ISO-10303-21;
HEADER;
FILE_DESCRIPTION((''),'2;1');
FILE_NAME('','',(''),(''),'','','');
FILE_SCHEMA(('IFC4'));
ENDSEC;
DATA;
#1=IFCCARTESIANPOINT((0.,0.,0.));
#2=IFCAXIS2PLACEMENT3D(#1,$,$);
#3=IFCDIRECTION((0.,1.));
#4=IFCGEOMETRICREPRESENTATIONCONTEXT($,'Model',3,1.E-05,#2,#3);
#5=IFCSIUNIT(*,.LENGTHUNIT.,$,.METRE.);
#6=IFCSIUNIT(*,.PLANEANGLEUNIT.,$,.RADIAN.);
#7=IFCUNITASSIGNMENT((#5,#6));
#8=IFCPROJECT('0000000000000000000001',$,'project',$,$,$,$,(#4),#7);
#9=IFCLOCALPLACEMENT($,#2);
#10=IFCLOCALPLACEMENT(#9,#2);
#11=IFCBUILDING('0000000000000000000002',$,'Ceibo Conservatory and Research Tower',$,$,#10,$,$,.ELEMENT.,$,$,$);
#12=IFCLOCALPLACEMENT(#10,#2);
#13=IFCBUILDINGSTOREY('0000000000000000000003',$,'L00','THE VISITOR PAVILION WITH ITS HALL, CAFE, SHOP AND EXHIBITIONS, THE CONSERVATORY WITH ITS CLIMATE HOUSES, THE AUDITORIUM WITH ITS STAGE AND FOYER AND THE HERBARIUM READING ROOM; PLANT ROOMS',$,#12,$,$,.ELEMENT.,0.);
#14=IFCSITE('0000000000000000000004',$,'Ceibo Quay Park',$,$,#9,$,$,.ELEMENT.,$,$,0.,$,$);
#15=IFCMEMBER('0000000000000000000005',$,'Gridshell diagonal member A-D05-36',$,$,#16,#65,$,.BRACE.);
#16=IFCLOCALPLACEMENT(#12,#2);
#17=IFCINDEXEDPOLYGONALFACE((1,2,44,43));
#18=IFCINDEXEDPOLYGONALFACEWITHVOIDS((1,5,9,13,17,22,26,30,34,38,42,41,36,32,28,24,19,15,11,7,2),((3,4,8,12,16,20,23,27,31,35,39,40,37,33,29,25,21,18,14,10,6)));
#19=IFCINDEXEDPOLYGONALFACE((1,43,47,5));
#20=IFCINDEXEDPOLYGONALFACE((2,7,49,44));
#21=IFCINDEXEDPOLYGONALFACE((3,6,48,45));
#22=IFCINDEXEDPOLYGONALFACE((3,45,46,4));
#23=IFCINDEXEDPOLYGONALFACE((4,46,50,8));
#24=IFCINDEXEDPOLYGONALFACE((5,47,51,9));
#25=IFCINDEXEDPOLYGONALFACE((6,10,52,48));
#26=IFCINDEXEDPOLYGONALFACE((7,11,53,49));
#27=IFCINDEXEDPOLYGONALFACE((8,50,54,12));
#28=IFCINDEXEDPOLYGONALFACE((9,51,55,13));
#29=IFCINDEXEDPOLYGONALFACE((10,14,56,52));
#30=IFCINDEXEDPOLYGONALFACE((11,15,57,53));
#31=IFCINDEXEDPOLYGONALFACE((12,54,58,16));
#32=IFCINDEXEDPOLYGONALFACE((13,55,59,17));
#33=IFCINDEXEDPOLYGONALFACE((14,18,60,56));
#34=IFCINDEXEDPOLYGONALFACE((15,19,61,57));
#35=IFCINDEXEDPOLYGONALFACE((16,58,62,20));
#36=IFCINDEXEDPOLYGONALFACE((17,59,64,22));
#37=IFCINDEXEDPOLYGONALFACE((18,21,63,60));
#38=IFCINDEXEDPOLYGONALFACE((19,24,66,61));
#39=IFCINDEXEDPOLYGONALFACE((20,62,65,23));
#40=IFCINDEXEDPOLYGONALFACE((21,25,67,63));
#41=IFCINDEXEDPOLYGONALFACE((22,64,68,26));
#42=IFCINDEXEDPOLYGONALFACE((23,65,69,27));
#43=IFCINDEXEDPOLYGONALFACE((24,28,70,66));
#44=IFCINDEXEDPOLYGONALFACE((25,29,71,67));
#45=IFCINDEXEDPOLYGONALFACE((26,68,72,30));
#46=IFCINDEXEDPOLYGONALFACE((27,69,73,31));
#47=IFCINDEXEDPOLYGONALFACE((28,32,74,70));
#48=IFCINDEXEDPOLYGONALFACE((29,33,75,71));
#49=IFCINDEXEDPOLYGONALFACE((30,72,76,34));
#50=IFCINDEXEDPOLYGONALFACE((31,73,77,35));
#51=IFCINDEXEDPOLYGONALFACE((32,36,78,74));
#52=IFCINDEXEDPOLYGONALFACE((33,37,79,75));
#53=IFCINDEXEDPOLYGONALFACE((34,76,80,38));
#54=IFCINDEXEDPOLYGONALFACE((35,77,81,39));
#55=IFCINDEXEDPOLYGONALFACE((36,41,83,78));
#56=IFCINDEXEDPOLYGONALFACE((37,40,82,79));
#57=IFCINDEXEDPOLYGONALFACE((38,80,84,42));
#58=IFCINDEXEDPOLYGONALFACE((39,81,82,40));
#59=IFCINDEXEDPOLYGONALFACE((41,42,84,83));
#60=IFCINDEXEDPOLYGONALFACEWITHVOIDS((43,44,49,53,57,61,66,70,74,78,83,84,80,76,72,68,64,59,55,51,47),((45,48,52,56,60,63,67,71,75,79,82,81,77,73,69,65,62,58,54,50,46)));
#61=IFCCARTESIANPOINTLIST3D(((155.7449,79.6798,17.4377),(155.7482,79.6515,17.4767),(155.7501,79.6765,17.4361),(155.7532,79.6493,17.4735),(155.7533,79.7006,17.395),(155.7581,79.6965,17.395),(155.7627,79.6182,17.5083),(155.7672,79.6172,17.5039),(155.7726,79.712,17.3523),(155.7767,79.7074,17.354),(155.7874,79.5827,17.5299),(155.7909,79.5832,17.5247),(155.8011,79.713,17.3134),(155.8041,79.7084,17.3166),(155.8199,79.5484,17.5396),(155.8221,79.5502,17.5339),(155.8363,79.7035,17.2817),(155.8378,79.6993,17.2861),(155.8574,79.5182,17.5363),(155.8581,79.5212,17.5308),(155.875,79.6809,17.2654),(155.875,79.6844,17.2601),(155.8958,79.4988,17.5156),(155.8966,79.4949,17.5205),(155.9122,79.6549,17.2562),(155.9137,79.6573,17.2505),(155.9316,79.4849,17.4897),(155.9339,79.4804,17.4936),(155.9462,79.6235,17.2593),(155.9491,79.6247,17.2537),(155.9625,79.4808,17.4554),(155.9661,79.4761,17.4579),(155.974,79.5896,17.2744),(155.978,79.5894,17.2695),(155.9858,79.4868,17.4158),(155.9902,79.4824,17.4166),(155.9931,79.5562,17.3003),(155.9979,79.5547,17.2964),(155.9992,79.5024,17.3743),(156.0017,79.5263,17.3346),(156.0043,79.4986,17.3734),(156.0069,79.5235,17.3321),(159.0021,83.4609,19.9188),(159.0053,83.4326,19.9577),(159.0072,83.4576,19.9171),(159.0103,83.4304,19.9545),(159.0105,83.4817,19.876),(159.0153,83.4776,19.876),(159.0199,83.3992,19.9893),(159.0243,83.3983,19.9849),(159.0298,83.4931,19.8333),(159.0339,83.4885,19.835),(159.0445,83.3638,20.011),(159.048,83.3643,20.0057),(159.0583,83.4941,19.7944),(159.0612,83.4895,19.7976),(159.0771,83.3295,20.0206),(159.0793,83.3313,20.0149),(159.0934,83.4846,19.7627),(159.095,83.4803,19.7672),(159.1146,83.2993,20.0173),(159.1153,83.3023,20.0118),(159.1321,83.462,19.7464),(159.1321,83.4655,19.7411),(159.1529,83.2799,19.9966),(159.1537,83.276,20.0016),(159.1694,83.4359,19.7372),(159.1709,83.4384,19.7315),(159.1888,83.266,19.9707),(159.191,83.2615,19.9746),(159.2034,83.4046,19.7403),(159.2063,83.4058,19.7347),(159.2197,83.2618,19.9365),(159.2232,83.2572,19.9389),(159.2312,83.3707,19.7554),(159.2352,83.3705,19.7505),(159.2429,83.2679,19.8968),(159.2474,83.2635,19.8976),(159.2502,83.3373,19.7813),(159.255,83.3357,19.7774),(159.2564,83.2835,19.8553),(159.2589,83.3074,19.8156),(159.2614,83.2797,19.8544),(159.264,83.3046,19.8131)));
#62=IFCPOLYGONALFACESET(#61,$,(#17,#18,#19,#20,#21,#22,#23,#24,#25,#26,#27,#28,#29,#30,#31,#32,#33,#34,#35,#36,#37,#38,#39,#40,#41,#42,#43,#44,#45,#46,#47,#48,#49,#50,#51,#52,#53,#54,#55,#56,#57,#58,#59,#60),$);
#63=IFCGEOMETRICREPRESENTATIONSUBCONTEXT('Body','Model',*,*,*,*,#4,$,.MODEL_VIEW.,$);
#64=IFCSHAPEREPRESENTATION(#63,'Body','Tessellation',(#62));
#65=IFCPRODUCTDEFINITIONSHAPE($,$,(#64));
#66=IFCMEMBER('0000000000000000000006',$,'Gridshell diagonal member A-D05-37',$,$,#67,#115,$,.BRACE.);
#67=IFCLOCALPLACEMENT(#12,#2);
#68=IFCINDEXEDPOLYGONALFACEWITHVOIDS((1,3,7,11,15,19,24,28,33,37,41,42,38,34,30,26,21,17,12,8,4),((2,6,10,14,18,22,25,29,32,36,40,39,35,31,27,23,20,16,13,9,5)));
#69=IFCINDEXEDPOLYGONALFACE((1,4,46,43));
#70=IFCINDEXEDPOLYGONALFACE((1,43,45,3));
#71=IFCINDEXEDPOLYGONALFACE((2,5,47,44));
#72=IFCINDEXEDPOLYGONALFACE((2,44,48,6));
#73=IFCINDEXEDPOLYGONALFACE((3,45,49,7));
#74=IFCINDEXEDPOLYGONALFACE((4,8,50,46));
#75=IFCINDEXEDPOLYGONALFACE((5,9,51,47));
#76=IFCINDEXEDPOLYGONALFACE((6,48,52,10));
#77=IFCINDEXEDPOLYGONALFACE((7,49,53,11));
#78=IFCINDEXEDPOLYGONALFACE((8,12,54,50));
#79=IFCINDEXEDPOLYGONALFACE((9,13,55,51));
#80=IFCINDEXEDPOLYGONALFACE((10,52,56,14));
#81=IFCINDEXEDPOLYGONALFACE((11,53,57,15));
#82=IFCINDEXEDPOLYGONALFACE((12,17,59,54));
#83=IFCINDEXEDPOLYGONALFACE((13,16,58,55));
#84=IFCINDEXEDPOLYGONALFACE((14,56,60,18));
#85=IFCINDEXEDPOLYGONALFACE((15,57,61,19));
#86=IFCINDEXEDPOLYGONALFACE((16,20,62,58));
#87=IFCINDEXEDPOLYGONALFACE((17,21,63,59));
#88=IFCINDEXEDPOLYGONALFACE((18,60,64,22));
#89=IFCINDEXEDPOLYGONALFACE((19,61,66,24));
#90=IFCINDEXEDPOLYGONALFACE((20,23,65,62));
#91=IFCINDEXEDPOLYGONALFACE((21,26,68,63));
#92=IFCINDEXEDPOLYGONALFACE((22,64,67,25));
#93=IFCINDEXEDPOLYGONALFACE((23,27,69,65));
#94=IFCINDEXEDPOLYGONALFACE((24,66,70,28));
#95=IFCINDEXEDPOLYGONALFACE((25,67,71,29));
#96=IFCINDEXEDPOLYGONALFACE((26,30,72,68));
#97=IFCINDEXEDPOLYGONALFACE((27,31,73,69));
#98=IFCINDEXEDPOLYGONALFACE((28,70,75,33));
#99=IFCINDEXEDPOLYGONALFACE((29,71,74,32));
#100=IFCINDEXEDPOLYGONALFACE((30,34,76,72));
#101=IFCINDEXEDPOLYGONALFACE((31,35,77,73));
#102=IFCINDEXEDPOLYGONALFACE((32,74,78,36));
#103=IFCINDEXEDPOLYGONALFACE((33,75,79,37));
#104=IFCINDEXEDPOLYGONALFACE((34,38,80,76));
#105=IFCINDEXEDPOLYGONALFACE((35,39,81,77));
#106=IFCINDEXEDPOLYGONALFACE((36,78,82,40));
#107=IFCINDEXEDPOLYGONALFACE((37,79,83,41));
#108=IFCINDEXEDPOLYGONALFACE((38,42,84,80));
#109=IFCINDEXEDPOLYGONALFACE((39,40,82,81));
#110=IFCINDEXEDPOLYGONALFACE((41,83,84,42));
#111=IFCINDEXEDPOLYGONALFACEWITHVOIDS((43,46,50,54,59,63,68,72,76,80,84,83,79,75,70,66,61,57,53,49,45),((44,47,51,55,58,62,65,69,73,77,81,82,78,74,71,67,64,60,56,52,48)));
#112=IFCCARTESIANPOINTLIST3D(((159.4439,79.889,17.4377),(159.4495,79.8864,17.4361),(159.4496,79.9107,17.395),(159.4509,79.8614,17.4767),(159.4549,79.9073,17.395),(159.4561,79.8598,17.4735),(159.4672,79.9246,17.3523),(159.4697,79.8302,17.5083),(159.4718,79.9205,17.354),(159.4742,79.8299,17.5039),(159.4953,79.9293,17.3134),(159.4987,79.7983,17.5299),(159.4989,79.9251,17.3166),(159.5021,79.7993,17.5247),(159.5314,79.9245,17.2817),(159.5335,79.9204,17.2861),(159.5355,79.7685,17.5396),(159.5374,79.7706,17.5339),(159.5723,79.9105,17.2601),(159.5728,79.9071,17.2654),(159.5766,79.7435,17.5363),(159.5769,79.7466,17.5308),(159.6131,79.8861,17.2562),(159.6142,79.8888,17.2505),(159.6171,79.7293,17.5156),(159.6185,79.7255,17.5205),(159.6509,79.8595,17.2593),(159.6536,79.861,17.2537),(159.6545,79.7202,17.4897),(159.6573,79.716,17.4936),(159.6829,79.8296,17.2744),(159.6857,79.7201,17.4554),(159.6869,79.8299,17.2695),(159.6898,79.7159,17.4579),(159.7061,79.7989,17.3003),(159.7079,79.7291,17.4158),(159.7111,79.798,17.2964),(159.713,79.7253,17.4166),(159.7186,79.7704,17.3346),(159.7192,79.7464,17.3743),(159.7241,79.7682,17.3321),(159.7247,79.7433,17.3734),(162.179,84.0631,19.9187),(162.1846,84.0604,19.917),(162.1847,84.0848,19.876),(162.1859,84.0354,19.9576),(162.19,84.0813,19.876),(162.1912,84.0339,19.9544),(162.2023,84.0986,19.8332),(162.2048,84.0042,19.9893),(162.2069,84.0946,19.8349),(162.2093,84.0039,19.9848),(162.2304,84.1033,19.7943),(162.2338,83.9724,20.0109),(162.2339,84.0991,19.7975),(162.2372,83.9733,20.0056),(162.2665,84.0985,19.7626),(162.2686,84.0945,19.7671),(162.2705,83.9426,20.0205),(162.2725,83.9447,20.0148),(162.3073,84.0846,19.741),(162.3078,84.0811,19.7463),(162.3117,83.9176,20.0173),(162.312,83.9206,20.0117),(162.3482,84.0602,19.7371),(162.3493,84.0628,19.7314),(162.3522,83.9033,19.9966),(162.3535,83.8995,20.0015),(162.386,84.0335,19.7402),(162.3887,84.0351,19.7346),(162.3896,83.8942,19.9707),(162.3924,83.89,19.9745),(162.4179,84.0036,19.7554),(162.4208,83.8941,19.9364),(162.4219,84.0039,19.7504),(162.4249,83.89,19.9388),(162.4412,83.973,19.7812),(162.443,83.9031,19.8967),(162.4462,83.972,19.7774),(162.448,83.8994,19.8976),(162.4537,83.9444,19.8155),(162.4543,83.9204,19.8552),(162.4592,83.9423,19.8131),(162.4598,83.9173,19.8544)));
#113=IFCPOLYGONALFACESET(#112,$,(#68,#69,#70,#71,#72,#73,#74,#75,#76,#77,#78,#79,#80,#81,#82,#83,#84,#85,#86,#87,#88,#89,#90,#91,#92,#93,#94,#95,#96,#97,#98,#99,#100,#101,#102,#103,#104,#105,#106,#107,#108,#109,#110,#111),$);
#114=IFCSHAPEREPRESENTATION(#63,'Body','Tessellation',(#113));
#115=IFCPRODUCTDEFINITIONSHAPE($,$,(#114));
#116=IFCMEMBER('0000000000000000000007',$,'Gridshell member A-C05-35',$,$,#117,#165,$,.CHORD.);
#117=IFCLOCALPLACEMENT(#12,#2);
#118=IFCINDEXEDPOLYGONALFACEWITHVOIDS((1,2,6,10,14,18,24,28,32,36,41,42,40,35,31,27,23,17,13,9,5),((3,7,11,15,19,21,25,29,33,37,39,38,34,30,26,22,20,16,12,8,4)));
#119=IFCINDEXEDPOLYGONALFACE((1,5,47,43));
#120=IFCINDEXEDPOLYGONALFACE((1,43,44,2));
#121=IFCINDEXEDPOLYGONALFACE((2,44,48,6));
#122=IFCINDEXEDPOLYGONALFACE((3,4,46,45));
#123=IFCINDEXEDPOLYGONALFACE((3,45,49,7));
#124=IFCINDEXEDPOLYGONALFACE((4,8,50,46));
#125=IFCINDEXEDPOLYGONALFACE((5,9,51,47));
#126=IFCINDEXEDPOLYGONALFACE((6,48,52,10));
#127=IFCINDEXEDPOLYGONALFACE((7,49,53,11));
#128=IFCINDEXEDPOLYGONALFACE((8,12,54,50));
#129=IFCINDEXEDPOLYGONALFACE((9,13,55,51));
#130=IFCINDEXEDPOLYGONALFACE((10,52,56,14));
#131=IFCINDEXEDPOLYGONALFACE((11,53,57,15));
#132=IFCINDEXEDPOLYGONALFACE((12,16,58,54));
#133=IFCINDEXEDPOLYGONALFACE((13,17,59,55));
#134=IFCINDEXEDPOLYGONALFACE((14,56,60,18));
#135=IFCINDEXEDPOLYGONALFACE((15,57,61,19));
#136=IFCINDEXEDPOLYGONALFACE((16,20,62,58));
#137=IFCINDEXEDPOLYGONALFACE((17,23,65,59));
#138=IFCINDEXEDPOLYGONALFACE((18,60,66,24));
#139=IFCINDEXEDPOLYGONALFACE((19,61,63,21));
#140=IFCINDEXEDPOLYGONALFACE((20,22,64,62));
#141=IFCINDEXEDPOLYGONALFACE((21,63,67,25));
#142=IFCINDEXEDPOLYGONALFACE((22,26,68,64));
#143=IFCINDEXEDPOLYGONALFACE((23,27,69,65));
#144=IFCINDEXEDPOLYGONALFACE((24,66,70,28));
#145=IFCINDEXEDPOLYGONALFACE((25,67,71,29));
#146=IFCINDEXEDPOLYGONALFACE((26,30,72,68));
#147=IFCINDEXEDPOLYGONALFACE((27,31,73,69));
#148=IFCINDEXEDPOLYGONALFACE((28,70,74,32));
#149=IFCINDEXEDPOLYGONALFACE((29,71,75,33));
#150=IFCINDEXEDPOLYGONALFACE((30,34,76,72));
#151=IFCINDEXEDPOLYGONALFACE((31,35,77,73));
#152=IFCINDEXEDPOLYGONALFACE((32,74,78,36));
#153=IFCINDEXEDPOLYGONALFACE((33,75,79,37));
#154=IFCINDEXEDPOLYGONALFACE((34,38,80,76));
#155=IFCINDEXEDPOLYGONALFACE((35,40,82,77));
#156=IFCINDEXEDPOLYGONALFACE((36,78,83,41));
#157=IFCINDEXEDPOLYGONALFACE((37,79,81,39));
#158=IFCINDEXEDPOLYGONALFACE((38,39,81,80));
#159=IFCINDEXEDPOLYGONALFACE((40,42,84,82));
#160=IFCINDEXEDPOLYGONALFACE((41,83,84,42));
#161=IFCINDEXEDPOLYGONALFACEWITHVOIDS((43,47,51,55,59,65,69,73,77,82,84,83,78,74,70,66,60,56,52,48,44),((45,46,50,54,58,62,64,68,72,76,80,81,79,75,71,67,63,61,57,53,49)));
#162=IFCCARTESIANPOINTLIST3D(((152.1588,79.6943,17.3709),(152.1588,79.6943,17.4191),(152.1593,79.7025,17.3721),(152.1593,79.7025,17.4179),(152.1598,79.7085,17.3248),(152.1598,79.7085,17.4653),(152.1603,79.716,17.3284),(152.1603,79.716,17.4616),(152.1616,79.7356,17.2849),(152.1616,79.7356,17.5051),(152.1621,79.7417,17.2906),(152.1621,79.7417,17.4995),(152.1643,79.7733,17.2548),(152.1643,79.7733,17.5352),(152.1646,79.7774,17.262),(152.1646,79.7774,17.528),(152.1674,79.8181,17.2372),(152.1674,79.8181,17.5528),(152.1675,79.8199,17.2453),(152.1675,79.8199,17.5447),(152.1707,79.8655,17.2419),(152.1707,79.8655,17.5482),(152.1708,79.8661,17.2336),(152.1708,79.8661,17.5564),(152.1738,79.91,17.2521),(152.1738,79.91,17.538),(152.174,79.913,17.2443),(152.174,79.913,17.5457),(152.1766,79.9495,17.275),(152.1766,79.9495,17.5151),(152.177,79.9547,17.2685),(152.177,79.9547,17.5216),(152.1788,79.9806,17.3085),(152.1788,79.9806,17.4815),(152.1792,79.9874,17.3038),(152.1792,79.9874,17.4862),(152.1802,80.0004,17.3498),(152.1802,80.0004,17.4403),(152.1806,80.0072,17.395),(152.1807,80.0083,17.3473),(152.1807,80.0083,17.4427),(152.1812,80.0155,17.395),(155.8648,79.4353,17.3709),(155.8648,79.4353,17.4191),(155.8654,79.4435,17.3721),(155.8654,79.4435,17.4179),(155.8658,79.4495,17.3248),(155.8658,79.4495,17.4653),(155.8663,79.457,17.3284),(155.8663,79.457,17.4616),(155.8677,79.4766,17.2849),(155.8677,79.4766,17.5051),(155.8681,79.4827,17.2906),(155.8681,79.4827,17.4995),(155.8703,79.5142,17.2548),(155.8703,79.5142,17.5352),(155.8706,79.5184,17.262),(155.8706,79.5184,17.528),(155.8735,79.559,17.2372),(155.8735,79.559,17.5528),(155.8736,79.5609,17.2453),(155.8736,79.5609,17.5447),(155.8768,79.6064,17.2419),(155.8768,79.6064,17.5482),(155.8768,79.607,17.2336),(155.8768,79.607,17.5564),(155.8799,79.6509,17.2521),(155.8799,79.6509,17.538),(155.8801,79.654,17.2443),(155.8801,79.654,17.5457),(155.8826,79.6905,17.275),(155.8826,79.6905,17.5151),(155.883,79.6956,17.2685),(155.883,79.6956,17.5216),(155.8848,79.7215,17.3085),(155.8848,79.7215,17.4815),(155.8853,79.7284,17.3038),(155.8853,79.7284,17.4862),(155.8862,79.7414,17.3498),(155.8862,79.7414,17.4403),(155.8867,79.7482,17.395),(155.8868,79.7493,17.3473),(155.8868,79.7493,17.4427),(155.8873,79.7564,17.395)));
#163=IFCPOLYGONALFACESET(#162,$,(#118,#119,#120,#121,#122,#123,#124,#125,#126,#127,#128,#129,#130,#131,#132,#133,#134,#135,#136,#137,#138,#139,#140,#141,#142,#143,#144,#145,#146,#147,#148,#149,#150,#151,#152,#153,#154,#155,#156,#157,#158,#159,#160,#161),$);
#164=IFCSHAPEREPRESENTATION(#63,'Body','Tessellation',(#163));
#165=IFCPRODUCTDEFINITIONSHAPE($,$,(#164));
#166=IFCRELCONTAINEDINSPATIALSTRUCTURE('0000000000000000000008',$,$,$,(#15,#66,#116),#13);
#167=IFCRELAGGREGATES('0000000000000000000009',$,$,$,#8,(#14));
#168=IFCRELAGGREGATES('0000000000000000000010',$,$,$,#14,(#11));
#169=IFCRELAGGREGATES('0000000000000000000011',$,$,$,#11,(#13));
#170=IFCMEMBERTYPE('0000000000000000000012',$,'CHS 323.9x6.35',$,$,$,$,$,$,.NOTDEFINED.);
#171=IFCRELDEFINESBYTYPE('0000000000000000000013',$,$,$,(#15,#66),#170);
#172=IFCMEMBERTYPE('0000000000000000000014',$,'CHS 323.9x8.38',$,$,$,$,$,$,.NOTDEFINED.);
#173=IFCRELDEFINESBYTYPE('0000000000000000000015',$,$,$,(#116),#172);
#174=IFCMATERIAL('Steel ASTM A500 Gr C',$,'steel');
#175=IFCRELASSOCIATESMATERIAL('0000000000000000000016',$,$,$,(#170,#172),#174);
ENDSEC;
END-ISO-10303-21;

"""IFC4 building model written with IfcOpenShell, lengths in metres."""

from ifc_helpers import new_model, si_unit, direction, frame, origin, origin_2d, place, context, subcontext, project, spatial, hollow_circle, extrude, material, material_profile, profile_set, type_object, element, save


model = new_model("IFC4")

# Units and contexts
model_context = context("Model", 3, precision=1e-05, world=origin(), true_north=direction((0.0, 1.0)))
body_context = subcontext(model_context, "Body", "Model", "MODEL_VIEW")
ifc_project = project(units=[si_unit("LENGTHUNIT", "METRE"), si_unit("PLANEANGLEUNIT", "RADIAN")], contexts=[model_context])

# Site, building, storey
site_placement = place(None, origin())
site = spatial("IfcSite", under=ifc_project, at=site_placement, Name="Ceibo Quay Park", CompositionType="ELEMENT", RefElevation=0.0)
building_placement = place(site_placement, origin())
building = spatial("IfcBuilding", under=site, at=building_placement, Name="Ceibo Conservatory and Research Tower", CompositionType="ELEMENT")
storey_placement = place(building_placement, origin())
storey = spatial("IfcBuildingStorey", under=building, at=storey_placement, Name="L00", Description="THE VISITOR PAVILION WITH ITS HALL, CAFE, SHOP AND EXHIBITIONS, THE CONSERVATORY WITH ITS CLIMATE HOUSES, THE AUDITORIUM WITH ITS STAGE AND FOYER AND THE HERBARIUM READING ROOM; PLANT ROOMS", CompositionType="ELEMENT", Elevation=0.0)

# Members
ifc_material_1 = material(Name="Steel ASTM A500 Gr C", Category="steel")
ifc_material_profile_1 = material_profile(ifc_material_1, hollow_circle(Radius=0.1619, WallThickness=0.0063, at=origin_2d()), Name="CHS 323.9x6.35")
ifc_profile_set_1 = profile_set([ifc_material_profile_1], Name="Steel ASTM A500 Gr C")
member_type_1 = type_object("IfcMemberType", Name="CHS 323.9x6.35", PredefinedType="NOTDEFINED", material=ifc_profile_set_1)
member_1_placement = place(storey_placement, frame((155.876, 79.595, 17.395), z_axis=(0.584426, 0.678435, 0.445164), x_axis=(-0.757649, 0.652663, 0.0)))
element("IfcMember", 1, at=member_1_placement, inside=storey, type_object=member_type_1, Name="Gridshell diagonal member A-D05-36", PredefinedType="BRACE", context=body_context, shape_type="SweptSolid", body=[
    extrude(hollow_circle(Radius=0.1619, WallThickness=0.0063, at=origin_2d()), origin(), (0.0, 0.0, 1.0), 5.5732),
])
member_2_placement = place(storey_placement, frame((159.585, 79.822, 17.395), z_axis=(0.490774, 0.748975, 0.445171), x_axis=(-0.836427, 0.548078, 0.0)))
element("IfcMember", 2, at=member_2_placement, inside=storey, type_object=member_type_1, Name="Gridshell diagonal member A-D05-37", PredefinedType="BRACE", context=body_context, shape_type="SweptSolid", body=[
    extrude(hollow_circle(Radius=0.1619, WallThickness=0.0063, at=origin_2d()), origin(), (0.0, 0.0, 1.0), 5.573),
])
ifc_material_profile_2 = material_profile(ifc_material_1, hollow_circle(Radius=0.1619, WallThickness=0.0083, at=origin_2d()), Name="CHS 323.9x8.38")
ifc_profile_set_2 = profile_set([ifc_material_profile_2], Name="Steel ASTM A500 Gr C")
member_type_2 = type_object("IfcMemberType", Name="CHS 323.9x8.38", PredefinedType="NOTDEFINED", material=ifc_profile_set_2)
member_3_placement = place(storey_placement, frame((152.1699, 79.854, 17.395), z_axis=(0.997566, -0.069724, 0.0), x_axis=(0.069724, 0.997566, 0.0)))
element("IfcMember", 3, at=member_3_placement, inside=storey, type_object=member_type_2, Name="Gridshell member A-C05-35", PredefinedType="CHORD", context=body_context, shape_type="SweptSolid", body=[
    extrude(hollow_circle(Radius=0.1619, WallThickness=0.0083, at=origin_2d()), origin(), (0.0, 0.0, 1.0), 3.7151),
])

save(model, "model.ifc")
